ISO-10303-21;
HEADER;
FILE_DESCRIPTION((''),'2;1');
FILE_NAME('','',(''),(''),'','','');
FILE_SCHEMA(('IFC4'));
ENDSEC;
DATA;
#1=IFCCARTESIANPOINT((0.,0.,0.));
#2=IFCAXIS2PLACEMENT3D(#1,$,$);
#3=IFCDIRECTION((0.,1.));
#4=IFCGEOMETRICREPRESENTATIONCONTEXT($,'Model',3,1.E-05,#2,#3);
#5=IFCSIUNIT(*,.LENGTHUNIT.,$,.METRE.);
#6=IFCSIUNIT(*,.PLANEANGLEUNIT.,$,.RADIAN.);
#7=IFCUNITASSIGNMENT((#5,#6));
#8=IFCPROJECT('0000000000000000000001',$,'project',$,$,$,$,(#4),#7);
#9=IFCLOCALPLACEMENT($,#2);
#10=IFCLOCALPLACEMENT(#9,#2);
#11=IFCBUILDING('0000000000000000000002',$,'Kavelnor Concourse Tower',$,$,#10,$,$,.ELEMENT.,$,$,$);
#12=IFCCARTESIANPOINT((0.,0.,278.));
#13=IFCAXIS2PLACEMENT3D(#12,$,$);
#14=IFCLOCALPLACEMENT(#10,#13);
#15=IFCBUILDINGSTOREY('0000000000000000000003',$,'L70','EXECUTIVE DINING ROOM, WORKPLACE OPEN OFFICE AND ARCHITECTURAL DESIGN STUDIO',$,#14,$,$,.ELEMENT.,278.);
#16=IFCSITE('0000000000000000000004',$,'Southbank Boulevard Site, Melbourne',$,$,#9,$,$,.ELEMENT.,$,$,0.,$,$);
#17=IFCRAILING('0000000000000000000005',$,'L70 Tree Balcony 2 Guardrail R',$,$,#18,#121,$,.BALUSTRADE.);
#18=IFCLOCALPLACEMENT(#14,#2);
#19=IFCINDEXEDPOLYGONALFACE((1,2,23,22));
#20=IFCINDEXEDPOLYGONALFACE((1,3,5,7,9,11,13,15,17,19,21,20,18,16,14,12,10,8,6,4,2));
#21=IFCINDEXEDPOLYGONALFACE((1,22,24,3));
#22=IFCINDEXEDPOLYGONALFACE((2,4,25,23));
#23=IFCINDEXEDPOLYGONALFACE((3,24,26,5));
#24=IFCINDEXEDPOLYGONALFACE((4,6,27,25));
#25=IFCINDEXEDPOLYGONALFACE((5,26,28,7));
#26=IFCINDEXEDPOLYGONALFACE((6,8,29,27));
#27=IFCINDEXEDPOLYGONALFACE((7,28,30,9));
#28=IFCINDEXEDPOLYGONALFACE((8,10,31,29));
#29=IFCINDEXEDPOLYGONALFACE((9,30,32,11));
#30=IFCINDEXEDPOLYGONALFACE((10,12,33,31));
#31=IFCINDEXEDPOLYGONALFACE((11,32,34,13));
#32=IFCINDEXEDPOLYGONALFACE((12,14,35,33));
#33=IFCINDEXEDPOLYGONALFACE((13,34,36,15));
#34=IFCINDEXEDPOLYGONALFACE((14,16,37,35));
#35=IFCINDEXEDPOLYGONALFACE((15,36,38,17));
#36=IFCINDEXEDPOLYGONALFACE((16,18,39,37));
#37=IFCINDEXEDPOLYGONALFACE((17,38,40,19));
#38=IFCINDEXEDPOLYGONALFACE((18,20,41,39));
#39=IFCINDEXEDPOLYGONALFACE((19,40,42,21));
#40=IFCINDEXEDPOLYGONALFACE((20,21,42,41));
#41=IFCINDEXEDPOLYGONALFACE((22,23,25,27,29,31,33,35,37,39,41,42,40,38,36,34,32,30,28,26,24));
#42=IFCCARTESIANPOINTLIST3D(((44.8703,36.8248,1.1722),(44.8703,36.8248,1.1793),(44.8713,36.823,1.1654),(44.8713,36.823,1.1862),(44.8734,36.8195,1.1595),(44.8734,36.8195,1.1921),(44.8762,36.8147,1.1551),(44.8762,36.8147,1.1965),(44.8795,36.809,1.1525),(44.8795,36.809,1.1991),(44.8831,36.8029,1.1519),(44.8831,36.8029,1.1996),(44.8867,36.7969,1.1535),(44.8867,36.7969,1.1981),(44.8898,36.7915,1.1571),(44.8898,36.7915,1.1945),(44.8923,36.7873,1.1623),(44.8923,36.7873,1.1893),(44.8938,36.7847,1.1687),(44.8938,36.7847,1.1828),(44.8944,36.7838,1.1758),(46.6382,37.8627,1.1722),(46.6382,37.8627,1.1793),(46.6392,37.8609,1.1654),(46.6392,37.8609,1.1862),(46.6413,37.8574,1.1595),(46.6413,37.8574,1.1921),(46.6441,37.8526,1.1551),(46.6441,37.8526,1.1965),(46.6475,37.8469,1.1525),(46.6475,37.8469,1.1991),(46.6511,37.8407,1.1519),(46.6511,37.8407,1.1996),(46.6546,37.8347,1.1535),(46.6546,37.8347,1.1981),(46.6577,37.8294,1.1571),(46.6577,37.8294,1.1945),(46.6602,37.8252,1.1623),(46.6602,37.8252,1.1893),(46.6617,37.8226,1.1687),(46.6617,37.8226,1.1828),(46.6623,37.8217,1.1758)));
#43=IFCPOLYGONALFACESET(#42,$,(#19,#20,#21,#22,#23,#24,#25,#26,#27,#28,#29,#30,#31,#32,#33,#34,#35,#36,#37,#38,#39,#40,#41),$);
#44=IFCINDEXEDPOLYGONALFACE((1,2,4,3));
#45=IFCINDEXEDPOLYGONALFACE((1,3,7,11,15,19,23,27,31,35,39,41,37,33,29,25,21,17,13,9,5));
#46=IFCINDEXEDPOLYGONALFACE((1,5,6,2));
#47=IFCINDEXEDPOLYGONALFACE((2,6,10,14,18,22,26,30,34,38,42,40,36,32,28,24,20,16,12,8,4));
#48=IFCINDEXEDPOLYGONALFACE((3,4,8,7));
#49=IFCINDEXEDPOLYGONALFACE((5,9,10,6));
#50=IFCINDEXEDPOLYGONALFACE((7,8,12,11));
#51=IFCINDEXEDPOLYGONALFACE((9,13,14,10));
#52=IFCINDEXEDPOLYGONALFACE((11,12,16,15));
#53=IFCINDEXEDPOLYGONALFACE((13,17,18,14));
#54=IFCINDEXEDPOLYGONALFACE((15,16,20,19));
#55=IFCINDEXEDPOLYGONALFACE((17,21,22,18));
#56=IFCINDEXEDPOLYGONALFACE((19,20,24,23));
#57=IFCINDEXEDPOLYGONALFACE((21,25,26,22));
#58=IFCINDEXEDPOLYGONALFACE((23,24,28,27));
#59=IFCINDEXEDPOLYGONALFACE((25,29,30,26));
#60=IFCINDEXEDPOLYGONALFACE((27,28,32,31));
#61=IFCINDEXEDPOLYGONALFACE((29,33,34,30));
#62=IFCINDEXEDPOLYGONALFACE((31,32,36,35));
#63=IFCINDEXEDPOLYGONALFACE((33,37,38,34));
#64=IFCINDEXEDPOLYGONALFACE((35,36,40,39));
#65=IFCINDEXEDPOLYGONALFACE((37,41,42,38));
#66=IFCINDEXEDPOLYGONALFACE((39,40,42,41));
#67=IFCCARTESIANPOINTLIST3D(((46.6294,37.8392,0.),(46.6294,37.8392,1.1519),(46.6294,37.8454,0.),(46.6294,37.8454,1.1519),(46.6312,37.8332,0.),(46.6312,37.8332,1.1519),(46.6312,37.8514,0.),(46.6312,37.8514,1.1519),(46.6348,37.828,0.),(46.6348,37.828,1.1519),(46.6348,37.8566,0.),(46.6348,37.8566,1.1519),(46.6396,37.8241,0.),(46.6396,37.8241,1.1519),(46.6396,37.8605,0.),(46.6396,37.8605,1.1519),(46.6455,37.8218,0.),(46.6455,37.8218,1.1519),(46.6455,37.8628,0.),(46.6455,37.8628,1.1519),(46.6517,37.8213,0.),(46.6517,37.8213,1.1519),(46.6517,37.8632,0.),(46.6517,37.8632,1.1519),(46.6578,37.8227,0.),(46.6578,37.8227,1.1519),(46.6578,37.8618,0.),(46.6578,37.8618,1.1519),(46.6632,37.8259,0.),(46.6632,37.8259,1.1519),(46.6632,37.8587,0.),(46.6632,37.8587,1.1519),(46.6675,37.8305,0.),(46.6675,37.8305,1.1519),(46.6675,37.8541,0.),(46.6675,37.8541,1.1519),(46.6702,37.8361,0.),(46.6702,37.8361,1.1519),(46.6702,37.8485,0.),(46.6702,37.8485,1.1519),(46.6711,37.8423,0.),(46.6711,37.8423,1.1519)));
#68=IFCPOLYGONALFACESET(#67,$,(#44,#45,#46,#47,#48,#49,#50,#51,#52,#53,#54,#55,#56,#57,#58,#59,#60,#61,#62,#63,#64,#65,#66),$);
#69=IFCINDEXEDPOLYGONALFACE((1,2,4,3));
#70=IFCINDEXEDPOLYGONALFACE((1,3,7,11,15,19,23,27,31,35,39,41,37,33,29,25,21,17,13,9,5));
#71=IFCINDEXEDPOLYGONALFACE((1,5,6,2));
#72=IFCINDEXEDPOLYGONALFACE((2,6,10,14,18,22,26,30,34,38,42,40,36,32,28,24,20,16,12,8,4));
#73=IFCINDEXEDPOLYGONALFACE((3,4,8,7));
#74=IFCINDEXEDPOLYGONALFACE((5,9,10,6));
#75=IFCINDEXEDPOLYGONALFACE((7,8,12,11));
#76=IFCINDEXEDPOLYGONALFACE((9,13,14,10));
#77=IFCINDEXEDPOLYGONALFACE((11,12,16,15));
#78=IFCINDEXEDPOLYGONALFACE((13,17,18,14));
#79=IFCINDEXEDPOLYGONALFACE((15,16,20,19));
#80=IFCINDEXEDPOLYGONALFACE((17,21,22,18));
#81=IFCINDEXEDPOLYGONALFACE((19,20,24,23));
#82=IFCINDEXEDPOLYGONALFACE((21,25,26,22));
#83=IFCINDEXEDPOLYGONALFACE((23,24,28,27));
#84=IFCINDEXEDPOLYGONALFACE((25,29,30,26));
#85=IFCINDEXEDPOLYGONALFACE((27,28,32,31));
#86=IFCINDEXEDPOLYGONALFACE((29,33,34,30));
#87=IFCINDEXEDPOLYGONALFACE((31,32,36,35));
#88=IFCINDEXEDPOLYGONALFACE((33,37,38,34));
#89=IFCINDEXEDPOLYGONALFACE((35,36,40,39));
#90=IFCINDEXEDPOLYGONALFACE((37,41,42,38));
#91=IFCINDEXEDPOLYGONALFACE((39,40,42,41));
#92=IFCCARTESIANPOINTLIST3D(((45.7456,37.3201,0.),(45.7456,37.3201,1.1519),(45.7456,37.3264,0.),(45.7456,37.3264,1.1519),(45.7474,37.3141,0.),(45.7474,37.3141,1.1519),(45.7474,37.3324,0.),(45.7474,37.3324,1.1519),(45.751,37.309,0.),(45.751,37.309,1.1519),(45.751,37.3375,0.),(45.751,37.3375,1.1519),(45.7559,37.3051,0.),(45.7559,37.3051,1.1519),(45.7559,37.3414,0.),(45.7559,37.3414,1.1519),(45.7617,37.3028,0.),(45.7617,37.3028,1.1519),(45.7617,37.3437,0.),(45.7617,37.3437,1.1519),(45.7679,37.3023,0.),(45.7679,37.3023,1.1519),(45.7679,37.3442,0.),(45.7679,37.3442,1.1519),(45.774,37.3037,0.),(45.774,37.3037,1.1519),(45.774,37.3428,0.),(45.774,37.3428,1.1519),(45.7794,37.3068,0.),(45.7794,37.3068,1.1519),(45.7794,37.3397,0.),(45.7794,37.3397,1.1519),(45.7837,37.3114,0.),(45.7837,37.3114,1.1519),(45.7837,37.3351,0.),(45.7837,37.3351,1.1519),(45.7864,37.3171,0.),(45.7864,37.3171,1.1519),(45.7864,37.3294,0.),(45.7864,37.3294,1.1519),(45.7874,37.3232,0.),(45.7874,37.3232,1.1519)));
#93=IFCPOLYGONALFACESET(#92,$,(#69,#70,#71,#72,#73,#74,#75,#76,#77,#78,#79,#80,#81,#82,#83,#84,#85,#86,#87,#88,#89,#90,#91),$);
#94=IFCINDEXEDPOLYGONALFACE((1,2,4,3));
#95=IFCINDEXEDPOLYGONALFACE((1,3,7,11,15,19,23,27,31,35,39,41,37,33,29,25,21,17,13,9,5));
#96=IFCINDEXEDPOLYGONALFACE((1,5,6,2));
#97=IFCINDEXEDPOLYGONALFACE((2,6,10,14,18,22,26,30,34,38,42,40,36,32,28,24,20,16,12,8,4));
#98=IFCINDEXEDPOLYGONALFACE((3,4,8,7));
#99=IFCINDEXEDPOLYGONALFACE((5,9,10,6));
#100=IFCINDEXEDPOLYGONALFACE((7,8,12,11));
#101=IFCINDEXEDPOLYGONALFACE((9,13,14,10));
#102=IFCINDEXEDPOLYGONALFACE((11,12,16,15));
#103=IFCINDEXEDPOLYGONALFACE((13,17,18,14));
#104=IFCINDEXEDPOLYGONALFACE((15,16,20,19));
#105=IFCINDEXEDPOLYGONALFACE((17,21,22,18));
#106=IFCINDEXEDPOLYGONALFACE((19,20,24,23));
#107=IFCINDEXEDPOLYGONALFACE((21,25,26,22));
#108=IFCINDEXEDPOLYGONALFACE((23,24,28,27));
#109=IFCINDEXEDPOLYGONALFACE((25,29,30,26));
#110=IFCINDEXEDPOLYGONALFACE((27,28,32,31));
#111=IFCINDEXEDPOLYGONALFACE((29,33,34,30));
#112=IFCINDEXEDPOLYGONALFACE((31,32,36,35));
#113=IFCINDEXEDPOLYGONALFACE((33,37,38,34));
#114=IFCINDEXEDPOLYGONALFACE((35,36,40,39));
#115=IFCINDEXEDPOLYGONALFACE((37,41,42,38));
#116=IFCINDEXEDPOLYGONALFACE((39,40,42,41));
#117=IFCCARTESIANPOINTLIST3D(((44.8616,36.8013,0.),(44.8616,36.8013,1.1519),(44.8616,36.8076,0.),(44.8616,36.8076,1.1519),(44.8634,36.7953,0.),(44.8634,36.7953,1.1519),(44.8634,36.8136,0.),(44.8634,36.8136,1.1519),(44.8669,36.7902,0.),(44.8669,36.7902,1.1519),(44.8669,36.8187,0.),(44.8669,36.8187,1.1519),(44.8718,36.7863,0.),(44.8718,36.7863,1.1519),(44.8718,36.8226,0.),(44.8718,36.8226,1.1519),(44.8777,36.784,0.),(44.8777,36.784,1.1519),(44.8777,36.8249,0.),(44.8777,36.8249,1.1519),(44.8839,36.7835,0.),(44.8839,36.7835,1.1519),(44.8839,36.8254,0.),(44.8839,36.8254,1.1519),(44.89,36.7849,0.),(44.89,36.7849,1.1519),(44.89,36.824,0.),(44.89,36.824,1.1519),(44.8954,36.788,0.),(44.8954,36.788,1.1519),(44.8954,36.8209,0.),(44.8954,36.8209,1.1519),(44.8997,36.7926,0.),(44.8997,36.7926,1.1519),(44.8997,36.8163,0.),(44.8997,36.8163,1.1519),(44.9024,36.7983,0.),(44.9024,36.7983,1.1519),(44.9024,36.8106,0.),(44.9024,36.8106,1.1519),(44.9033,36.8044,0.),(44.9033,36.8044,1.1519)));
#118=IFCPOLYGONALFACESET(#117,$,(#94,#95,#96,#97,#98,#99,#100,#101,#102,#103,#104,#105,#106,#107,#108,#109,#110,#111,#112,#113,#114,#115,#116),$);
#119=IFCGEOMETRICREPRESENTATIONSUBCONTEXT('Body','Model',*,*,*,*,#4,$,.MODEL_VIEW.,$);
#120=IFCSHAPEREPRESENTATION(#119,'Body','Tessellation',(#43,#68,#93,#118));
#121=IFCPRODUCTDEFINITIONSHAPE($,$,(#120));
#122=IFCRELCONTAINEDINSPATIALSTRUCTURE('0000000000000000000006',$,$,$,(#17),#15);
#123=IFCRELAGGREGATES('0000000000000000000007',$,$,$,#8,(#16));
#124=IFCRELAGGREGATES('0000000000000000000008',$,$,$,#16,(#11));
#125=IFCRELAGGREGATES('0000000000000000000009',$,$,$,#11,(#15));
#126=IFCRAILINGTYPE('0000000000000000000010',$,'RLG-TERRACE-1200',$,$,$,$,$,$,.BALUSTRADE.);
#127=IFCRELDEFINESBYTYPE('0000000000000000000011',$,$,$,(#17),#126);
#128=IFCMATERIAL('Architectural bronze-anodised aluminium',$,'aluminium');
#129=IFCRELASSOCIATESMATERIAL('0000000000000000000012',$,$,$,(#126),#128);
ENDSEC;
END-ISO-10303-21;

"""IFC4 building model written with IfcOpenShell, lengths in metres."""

from ifc_helpers import new_model, si_unit, direction, frame, origin, origin_2d, place, context, subcontext, project, spatial, circle, extrude, material, type_object, element, save


model = new_model("IFC4")

# Units and contexts
model_context = context("Model", 3, precision=1e-05, world=origin(), true_north=direction((0.0, 1.0)))
body_context = subcontext(model_context, "Body", "Model", "MODEL_VIEW")
ifc_project = project(units=[si_unit("LENGTHUNIT", "METRE"), si_unit("PLANEANGLEUNIT", "RADIAN")], contexts=[model_context])

# Site, building, storey
site_placement = place(None, origin())
site = spatial("IfcSite", under=ifc_project, at=site_placement, Name="Southbank Boulevard Site, Melbourne", CompositionType="ELEMENT", RefElevation=0.0)
building_placement = place(site_placement, origin())
building = spatial("IfcBuilding", under=site, at=building_placement, Name="Kavelnor Concourse Tower", CompositionType="ELEMENT")
storey_placement = place(building_placement, frame((0.0, 0.0, 278.0)))
storey = spatial("IfcBuildingStorey", under=building, at=storey_placement, Name="L70", Description="EXECUTIVE DINING ROOM, WORKPLACE OPEN OFFICE AND ARCHITECTURAL DESIGN STUDIO", CompositionType="ELEMENT", Elevation=278.0)

# Railing
ifc_material_1 = material(Name="Architectural bronze-anodised aluminium", Category="aluminium")
railing_type = type_object("IfcRailingType", Name="RLG-TERRACE-1200", PredefinedType="BALUSTRADE", material=ifc_material_1)
railing_1_placement = place(storey_placement, frame((46.6501, 37.8423, 0.0)))
element("IfcRailing", 1, at=railing_1_placement, inside=storey, type_object=railing_type, Name="L70 Tree Balcony 2 Guardrail R", PredefinedType="BALUSTRADE", context=body_context, shape_type="SweptSolid", body=[
    extrude(circle(Radius=0.0239, at=origin_2d()), frame((0.0, 0.0, 1.1758), z_axis=(-0.862372, -0.506276, 0.0), x_axis=(0.506276, -0.862372, 0.0)), (0.0, 0.0, 1.0), 2.05),
    extrude(circle(Radius=0.021, at=origin_2d()), origin(), (0.0, 0.0, 1.0), 1.1519),
    extrude(circle(Radius=0.021, at=origin_2d()), frame((-0.8838, -0.519, 0.0)), (0.0, 0.0, 1.0), 1.1519),
    extrude(circle(Radius=0.021, at=origin_2d()), frame((-1.7678, -1.0378, 0.0)), (0.0, 0.0, 1.0), 1.1519),
])

save(model, "model.ifc")
